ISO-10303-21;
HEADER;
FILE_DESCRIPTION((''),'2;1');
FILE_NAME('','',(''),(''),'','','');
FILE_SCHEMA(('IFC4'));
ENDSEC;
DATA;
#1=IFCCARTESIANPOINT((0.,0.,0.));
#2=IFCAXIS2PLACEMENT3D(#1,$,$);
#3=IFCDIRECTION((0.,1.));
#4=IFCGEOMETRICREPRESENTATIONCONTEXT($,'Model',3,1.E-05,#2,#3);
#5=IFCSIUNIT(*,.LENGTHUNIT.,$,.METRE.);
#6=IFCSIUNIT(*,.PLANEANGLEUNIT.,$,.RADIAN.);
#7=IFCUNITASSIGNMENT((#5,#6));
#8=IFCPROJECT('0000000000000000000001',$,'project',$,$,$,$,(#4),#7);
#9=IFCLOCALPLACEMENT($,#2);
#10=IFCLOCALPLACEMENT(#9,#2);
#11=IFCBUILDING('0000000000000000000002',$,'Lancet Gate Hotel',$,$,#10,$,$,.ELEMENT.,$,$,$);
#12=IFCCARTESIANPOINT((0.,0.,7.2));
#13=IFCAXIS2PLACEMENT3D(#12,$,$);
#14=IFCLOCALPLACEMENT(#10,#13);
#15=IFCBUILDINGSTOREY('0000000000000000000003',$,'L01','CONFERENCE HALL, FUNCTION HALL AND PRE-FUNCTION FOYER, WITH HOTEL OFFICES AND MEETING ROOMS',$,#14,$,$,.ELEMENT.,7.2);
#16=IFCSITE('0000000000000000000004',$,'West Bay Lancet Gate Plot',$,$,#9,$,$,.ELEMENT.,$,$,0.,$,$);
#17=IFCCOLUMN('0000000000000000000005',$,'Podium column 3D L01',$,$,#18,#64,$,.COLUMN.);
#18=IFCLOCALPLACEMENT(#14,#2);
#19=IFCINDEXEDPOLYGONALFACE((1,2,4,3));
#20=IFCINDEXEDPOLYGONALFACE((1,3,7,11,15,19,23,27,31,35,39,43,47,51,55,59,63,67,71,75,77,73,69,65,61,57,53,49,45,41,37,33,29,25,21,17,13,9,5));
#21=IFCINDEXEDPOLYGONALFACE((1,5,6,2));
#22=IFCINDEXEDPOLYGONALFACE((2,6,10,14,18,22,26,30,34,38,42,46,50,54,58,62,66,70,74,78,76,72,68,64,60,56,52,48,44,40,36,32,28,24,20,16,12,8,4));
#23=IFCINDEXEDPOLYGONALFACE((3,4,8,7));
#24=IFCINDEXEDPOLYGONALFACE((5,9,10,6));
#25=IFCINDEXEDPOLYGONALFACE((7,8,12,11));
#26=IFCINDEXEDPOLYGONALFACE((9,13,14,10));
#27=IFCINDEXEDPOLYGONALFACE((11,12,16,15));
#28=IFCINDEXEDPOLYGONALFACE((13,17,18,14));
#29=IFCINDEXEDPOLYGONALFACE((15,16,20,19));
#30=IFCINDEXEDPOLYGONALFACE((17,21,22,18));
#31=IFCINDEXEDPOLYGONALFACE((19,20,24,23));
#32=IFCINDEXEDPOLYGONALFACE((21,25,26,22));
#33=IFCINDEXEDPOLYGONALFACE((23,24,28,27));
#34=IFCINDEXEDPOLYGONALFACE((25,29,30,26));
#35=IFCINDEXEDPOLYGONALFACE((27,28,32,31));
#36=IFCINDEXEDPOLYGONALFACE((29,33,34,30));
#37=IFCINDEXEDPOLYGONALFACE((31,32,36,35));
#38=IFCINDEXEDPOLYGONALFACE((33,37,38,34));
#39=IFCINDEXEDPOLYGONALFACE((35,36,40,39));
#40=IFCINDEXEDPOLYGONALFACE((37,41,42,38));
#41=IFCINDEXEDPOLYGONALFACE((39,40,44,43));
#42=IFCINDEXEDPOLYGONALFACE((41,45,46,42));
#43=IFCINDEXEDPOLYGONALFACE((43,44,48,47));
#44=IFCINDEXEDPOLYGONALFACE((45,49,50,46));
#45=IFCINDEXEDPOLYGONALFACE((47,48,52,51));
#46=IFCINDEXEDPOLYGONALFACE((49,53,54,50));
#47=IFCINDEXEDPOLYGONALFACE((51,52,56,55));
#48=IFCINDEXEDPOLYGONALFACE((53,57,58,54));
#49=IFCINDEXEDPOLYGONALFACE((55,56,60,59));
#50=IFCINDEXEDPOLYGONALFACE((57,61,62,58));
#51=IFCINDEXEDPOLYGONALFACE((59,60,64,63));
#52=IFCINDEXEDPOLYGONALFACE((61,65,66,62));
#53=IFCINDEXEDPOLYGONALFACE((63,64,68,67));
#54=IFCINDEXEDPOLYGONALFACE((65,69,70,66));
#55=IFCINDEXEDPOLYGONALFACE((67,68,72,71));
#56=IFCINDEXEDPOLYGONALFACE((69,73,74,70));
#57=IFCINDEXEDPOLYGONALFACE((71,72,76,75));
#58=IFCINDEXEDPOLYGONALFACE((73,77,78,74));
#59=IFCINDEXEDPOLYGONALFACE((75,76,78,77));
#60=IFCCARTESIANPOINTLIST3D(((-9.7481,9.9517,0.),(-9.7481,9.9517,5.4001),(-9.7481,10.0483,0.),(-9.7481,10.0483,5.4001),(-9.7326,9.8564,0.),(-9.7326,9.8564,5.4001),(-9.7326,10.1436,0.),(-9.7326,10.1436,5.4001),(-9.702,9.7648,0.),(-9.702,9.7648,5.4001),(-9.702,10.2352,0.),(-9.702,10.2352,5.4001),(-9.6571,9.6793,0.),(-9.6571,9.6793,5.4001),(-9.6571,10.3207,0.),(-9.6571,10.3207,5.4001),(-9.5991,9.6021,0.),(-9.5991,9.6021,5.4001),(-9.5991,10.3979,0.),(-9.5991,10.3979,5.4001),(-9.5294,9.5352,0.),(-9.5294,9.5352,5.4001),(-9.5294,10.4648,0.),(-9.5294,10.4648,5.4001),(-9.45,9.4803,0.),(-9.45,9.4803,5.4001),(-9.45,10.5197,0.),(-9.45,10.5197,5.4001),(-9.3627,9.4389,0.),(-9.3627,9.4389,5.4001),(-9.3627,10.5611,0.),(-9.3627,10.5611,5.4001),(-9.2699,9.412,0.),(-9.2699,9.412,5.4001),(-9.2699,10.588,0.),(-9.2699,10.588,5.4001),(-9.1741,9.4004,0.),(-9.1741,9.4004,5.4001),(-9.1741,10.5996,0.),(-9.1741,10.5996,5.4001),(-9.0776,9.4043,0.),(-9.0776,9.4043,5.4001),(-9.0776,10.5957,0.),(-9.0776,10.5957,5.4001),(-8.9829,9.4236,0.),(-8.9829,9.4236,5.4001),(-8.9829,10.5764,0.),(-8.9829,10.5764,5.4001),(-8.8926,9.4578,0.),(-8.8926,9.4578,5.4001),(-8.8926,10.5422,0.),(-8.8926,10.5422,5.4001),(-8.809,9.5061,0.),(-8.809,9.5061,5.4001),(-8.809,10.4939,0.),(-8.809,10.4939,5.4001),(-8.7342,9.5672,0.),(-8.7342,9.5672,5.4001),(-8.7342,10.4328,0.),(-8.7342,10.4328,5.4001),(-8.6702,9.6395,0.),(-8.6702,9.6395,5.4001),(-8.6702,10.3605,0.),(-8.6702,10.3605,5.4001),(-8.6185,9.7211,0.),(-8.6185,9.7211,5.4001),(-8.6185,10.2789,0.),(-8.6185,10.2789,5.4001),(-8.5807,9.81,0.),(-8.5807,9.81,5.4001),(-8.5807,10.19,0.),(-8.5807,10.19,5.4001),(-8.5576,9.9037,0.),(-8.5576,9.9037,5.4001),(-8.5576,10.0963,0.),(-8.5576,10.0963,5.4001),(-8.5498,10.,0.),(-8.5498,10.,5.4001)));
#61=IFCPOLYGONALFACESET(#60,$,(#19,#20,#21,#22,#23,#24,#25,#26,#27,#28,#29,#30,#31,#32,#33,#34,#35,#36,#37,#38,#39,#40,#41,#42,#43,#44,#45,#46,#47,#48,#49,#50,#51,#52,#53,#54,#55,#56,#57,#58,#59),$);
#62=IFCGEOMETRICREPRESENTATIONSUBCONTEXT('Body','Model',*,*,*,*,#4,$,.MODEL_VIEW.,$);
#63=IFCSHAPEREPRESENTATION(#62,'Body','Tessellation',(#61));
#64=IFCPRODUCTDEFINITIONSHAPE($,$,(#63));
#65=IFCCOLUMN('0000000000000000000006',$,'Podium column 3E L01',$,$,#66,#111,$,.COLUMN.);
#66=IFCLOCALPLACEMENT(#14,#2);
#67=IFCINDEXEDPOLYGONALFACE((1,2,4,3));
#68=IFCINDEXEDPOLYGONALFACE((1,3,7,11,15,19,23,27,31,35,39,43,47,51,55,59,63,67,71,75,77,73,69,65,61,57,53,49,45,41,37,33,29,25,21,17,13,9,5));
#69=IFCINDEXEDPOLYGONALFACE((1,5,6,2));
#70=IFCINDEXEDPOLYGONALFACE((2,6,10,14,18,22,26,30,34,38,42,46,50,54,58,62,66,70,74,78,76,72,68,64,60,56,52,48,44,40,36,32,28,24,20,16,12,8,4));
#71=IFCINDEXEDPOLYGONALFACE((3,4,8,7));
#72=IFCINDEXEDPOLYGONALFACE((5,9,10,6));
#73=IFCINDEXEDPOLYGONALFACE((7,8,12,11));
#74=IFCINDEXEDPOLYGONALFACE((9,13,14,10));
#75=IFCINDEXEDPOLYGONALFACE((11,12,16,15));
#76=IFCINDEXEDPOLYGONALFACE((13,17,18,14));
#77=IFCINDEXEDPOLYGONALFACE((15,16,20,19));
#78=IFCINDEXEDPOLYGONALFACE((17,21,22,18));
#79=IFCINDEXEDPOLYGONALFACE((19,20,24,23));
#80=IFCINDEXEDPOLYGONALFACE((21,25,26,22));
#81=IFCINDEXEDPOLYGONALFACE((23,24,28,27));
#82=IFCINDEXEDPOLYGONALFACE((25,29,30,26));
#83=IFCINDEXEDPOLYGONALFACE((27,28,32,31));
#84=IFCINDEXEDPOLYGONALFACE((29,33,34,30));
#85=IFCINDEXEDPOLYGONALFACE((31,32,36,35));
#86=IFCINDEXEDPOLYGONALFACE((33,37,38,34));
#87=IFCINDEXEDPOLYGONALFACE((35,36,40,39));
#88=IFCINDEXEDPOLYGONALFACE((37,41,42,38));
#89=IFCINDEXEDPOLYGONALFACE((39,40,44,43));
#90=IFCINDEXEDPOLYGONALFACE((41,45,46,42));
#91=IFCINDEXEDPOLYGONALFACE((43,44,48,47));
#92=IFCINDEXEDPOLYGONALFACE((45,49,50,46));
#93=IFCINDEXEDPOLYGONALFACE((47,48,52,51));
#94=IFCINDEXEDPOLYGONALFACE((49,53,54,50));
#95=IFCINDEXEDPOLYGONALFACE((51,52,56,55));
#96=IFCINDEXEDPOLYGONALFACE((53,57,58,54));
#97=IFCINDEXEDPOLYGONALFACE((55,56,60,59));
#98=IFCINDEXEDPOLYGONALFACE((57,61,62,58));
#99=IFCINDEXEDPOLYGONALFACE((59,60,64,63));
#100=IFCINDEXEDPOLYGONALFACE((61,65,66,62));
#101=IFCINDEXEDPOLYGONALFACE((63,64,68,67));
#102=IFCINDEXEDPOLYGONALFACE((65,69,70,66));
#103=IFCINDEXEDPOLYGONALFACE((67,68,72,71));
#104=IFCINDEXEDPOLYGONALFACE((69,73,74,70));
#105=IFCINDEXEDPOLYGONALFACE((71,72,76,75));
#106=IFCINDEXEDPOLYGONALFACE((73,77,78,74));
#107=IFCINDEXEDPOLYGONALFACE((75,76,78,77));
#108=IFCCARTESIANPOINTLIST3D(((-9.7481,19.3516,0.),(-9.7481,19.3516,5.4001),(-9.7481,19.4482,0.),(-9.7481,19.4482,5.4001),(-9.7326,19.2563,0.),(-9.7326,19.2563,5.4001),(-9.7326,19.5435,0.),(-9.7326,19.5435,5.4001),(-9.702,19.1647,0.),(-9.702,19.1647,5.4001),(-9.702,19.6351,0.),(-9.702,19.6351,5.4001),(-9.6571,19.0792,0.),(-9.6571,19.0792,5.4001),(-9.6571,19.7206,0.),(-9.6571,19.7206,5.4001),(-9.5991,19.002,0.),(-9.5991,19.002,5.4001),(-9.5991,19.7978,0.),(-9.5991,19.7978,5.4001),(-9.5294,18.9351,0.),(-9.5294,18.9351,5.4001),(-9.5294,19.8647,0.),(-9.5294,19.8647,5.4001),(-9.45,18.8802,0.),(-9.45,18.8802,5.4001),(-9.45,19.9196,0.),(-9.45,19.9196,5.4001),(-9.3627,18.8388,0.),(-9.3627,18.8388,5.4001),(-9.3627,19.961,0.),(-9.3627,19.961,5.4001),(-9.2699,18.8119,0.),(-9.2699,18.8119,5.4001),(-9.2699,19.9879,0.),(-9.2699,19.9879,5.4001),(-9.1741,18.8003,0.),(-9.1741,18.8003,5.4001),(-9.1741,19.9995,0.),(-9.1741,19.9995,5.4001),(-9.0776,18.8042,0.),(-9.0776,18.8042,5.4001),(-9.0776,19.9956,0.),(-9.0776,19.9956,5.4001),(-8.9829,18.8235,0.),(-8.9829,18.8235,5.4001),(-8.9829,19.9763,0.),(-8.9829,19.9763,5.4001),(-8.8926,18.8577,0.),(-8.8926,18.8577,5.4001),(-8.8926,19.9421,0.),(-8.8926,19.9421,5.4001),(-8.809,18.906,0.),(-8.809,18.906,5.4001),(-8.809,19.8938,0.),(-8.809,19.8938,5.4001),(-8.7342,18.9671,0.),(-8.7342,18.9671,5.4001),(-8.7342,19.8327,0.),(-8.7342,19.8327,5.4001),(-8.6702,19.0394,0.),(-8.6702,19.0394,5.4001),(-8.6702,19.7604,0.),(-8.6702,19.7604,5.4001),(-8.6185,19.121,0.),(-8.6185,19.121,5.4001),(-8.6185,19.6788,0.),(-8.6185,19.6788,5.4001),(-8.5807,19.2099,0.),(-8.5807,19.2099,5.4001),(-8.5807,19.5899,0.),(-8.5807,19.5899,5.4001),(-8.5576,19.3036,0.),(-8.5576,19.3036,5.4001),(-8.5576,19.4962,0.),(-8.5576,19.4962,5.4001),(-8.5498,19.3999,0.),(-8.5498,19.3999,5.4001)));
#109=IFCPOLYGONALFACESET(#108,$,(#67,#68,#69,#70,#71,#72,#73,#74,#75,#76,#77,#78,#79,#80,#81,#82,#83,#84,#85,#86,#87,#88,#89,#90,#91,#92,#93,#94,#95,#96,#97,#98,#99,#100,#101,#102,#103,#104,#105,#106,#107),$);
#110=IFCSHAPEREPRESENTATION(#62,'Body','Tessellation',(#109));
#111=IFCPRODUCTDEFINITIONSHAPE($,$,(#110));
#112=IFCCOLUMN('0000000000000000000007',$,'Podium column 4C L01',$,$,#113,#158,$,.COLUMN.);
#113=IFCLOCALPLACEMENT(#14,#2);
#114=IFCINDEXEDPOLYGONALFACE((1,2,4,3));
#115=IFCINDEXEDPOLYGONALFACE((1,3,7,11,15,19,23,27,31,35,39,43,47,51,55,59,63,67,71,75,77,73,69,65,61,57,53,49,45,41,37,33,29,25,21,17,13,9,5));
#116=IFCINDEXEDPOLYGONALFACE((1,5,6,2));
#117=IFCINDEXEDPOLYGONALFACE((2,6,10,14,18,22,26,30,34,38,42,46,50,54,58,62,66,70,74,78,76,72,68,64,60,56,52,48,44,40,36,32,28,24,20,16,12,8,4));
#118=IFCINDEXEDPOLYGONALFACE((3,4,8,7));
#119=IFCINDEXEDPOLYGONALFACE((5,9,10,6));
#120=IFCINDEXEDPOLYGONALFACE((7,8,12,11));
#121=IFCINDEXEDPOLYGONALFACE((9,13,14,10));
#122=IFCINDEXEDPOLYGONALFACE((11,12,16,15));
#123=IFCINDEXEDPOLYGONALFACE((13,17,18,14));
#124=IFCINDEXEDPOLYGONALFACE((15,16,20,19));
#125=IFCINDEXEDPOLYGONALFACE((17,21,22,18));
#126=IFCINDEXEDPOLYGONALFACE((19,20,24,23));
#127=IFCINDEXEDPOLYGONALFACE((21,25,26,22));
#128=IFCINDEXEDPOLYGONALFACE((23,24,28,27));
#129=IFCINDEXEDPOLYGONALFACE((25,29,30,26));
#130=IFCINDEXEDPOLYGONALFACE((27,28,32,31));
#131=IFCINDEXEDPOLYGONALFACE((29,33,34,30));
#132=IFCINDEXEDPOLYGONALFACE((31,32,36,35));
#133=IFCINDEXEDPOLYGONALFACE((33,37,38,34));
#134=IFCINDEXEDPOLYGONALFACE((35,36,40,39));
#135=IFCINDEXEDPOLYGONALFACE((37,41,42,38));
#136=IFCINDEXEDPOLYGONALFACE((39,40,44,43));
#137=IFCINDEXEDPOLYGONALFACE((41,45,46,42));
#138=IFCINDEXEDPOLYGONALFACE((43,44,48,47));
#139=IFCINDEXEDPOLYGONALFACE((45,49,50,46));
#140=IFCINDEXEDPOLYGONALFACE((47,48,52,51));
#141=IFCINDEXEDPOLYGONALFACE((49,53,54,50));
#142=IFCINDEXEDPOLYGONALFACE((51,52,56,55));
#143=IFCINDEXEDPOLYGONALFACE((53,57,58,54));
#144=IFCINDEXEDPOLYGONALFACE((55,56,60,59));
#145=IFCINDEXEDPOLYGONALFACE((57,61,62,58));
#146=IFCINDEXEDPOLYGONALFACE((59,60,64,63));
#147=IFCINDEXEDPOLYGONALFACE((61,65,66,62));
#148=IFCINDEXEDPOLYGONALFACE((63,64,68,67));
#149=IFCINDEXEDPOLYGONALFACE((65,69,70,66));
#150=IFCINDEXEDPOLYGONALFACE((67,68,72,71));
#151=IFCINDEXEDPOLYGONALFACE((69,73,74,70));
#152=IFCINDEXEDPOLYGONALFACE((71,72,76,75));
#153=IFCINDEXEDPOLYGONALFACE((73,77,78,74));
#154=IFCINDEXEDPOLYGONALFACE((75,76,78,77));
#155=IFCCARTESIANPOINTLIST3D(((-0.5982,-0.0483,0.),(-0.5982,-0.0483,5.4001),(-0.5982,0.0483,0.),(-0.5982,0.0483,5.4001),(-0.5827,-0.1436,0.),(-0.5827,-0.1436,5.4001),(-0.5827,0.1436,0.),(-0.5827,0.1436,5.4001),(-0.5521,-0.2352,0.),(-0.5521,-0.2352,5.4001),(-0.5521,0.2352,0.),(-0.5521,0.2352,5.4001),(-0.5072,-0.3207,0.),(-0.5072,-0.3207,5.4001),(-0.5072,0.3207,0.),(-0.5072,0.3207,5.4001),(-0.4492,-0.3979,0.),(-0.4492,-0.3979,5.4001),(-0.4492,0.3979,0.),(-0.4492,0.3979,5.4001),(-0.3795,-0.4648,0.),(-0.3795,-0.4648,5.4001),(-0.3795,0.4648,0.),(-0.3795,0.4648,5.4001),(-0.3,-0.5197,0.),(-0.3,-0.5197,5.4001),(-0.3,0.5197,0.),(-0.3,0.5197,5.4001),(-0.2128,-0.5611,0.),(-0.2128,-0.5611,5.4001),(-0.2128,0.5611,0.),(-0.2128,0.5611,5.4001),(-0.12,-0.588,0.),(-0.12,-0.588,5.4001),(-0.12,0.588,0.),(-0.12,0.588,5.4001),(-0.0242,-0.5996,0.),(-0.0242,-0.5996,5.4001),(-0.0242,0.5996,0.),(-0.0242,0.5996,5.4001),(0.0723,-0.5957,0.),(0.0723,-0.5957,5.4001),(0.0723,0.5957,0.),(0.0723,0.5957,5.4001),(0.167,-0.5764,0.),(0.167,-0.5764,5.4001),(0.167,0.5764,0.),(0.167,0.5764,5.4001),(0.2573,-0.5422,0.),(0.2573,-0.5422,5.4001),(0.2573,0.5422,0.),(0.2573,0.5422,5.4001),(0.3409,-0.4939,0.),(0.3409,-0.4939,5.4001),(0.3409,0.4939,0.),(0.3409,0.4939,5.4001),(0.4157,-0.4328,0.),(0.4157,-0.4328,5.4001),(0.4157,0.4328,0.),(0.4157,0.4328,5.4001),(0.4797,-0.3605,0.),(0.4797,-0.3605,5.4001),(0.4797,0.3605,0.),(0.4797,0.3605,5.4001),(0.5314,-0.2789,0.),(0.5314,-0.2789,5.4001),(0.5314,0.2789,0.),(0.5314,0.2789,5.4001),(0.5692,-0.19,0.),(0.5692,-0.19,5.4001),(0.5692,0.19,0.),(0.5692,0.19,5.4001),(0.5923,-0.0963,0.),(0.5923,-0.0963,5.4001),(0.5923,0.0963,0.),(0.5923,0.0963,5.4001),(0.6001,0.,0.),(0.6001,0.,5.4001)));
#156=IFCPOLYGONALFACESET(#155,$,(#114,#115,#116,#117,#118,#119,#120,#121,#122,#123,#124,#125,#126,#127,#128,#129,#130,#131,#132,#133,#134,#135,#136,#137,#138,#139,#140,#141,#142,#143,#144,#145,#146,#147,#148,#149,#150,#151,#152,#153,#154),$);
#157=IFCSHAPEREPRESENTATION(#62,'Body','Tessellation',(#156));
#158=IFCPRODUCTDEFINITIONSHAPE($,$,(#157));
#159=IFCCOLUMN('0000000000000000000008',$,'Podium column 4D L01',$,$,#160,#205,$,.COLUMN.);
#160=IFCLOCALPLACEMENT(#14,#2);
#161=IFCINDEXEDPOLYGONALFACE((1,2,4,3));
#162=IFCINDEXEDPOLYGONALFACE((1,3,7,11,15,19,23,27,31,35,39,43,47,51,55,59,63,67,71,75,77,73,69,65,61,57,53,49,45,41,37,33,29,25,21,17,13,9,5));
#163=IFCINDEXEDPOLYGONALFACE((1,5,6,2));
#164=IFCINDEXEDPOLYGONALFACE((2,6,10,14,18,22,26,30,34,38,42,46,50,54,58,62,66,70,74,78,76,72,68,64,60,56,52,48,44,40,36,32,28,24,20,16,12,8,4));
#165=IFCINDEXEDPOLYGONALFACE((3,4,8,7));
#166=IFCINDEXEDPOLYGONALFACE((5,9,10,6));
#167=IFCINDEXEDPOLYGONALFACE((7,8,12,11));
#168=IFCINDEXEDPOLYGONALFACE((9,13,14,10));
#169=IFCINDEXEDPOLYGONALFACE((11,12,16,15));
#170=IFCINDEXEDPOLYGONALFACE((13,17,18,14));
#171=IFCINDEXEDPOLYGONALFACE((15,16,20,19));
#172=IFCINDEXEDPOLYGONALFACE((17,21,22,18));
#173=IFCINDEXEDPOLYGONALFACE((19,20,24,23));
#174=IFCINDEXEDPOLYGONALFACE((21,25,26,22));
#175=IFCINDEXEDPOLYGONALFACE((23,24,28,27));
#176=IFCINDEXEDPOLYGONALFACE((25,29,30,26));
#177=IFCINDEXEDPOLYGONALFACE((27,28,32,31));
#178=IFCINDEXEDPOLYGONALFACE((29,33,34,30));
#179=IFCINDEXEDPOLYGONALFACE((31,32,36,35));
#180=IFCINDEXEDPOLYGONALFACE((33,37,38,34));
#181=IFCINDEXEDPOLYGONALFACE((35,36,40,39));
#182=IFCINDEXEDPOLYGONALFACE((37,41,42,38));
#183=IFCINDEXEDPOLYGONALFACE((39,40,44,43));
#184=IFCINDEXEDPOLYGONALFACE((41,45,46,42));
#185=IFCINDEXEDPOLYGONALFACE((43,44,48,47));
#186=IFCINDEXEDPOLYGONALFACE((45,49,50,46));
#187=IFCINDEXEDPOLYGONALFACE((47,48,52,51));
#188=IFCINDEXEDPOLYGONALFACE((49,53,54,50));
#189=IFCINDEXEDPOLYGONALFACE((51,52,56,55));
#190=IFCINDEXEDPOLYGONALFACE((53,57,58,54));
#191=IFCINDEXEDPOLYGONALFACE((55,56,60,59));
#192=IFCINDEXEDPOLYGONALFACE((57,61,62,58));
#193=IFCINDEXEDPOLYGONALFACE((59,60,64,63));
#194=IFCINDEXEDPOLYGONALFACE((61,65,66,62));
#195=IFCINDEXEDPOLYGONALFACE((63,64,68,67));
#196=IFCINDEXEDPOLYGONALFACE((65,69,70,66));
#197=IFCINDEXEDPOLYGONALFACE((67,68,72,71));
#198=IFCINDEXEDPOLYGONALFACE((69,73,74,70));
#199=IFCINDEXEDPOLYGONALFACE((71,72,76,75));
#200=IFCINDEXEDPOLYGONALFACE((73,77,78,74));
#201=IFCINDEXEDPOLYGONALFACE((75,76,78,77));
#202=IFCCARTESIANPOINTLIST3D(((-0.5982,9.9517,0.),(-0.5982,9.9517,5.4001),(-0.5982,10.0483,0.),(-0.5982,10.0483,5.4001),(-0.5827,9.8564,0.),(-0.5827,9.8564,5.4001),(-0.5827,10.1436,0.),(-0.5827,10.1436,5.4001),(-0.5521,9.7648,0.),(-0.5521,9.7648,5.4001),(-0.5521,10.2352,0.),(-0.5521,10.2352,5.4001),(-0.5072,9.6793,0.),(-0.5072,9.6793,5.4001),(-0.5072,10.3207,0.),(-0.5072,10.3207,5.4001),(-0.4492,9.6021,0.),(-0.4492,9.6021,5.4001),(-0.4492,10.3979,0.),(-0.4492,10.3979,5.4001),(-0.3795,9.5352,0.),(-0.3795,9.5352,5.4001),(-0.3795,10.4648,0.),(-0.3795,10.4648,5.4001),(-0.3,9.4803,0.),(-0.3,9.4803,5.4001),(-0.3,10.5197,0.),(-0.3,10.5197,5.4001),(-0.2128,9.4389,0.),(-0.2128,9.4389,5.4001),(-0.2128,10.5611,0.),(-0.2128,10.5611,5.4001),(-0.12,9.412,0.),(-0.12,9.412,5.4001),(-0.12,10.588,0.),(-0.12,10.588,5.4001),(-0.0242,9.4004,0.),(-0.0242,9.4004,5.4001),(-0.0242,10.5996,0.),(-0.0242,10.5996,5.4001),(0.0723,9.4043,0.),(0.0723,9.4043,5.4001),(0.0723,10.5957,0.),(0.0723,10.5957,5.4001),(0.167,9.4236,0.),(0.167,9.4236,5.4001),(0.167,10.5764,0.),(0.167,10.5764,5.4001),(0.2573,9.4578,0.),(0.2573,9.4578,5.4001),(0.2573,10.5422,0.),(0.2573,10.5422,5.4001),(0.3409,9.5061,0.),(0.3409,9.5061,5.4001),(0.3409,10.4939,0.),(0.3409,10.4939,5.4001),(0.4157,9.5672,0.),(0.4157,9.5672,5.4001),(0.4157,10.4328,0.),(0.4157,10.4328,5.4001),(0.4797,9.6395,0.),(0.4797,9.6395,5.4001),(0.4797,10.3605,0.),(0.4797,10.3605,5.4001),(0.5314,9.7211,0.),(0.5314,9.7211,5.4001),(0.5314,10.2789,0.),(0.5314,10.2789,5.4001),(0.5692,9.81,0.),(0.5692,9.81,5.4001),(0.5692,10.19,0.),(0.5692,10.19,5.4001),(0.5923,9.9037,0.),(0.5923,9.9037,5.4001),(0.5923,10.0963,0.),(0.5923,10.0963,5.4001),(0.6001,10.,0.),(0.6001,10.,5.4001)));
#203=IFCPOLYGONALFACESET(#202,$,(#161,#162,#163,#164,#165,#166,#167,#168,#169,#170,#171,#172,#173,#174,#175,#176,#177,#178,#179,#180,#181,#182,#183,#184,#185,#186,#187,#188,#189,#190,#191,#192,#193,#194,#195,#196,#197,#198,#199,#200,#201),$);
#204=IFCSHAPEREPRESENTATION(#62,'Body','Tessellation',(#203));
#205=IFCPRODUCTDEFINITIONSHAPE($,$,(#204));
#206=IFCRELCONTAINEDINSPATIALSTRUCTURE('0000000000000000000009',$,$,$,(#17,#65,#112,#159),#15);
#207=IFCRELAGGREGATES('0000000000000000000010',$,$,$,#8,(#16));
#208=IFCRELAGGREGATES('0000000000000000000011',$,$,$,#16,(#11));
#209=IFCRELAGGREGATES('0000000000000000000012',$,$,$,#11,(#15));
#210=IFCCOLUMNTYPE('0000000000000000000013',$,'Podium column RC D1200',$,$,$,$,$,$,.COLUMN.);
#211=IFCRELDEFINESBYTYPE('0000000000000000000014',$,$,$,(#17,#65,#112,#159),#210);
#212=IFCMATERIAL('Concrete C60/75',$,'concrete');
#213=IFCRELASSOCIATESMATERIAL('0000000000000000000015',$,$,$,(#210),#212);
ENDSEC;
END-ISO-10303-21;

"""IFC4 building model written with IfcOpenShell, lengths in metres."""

from ifc_helpers import new_model, si_unit, direction, frame, origin, origin_2d, place, context, subcontext, project, spatial, circle, extrude, material, material_profile, profile_set, type_object, element, save


model = new_model("IFC4")

# Units and contexts
model_context = context("Model", 3, precision=1e-05, world=origin(), true_north=direction((0.0, 1.0)))
body_context = subcontext(model_context, "Body", "Model", "MODEL_VIEW")
ifc_project = project(units=[si_unit("LENGTHUNIT", "METRE"), si_unit("PLANEANGLEUNIT", "RADIAN")], contexts=[model_context])

# Site, building, storey
site_placement = place(None, origin())
site = spatial("IfcSite", under=ifc_project, at=site_placement, Name="West Bay Lancet Gate Plot", CompositionType="ELEMENT", RefElevation=0.0)
building_placement = place(site_placement, origin())
building = spatial("IfcBuilding", under=site, at=building_placement, Name="Lancet Gate Hotel", CompositionType="ELEMENT")
storey_placement = place(building_placement, frame((0.0, 0.0, 7.2)))
storey = spatial("IfcBuildingStorey", under=building, at=storey_placement, Name="L01", Description="CONFERENCE HALL, FUNCTION HALL AND PRE-FUNCTION FOYER, WITH HOTEL OFFICES AND MEETING ROOMS", CompositionType="ELEMENT", Elevation=7.2)

# Columns
ifc_material_1 = material(Name="Concrete C60/75", Category="concrete")
ifc_material_profile_1 = material_profile(ifc_material_1, circle(Radius=0.6001, at=origin_2d()), Name="RC D1200")
ifc_profile_set_1 = profile_set([ifc_material_profile_1], Name="Concrete C60/75")
column_type = type_object("IfcColumnType", Name="Podium column RC D1200", PredefinedType="COLUMN", material=ifc_profile_set_1)
for number, where, z_axis, x_axis, name in (
    (1, (-9.1499, 10.0, 0.0), (0.0, 0.0, 1.0), (1.0, 0.0, 0.0), "Podium column 3D L01"),
    (2, (-9.1499, 19.3999, 0.0), (0.0, 0.0, 1.0), (1.0, 0.0, 0.0), "Podium column 3E L01"),
    (3, (0.0, 0.0, 0.0), (0.0, 0.0, 1.0), (1.0, 0.0, 0.0), "Podium column 4C L01"),
    (4, (0.0, 10.0, 0.0), (0.0, 0.0, 1.0), (1.0, 0.0, 0.0), "Podium column 4D L01"),
):
    element("IfcColumn", number, at=place(storey_placement, frame(where, z_axis=z_axis, x_axis=x_axis)), inside=storey, type_object=column_type, Name=name, PredefinedType="COLUMN", context=body_context, shape_type="SweptSolid", body=[
        extrude(circle(Radius=0.6001, at=origin_2d()), origin(), (0.0, 0.0, 1.0), 5.4001),
    ])

save(model, "model.ifc")
